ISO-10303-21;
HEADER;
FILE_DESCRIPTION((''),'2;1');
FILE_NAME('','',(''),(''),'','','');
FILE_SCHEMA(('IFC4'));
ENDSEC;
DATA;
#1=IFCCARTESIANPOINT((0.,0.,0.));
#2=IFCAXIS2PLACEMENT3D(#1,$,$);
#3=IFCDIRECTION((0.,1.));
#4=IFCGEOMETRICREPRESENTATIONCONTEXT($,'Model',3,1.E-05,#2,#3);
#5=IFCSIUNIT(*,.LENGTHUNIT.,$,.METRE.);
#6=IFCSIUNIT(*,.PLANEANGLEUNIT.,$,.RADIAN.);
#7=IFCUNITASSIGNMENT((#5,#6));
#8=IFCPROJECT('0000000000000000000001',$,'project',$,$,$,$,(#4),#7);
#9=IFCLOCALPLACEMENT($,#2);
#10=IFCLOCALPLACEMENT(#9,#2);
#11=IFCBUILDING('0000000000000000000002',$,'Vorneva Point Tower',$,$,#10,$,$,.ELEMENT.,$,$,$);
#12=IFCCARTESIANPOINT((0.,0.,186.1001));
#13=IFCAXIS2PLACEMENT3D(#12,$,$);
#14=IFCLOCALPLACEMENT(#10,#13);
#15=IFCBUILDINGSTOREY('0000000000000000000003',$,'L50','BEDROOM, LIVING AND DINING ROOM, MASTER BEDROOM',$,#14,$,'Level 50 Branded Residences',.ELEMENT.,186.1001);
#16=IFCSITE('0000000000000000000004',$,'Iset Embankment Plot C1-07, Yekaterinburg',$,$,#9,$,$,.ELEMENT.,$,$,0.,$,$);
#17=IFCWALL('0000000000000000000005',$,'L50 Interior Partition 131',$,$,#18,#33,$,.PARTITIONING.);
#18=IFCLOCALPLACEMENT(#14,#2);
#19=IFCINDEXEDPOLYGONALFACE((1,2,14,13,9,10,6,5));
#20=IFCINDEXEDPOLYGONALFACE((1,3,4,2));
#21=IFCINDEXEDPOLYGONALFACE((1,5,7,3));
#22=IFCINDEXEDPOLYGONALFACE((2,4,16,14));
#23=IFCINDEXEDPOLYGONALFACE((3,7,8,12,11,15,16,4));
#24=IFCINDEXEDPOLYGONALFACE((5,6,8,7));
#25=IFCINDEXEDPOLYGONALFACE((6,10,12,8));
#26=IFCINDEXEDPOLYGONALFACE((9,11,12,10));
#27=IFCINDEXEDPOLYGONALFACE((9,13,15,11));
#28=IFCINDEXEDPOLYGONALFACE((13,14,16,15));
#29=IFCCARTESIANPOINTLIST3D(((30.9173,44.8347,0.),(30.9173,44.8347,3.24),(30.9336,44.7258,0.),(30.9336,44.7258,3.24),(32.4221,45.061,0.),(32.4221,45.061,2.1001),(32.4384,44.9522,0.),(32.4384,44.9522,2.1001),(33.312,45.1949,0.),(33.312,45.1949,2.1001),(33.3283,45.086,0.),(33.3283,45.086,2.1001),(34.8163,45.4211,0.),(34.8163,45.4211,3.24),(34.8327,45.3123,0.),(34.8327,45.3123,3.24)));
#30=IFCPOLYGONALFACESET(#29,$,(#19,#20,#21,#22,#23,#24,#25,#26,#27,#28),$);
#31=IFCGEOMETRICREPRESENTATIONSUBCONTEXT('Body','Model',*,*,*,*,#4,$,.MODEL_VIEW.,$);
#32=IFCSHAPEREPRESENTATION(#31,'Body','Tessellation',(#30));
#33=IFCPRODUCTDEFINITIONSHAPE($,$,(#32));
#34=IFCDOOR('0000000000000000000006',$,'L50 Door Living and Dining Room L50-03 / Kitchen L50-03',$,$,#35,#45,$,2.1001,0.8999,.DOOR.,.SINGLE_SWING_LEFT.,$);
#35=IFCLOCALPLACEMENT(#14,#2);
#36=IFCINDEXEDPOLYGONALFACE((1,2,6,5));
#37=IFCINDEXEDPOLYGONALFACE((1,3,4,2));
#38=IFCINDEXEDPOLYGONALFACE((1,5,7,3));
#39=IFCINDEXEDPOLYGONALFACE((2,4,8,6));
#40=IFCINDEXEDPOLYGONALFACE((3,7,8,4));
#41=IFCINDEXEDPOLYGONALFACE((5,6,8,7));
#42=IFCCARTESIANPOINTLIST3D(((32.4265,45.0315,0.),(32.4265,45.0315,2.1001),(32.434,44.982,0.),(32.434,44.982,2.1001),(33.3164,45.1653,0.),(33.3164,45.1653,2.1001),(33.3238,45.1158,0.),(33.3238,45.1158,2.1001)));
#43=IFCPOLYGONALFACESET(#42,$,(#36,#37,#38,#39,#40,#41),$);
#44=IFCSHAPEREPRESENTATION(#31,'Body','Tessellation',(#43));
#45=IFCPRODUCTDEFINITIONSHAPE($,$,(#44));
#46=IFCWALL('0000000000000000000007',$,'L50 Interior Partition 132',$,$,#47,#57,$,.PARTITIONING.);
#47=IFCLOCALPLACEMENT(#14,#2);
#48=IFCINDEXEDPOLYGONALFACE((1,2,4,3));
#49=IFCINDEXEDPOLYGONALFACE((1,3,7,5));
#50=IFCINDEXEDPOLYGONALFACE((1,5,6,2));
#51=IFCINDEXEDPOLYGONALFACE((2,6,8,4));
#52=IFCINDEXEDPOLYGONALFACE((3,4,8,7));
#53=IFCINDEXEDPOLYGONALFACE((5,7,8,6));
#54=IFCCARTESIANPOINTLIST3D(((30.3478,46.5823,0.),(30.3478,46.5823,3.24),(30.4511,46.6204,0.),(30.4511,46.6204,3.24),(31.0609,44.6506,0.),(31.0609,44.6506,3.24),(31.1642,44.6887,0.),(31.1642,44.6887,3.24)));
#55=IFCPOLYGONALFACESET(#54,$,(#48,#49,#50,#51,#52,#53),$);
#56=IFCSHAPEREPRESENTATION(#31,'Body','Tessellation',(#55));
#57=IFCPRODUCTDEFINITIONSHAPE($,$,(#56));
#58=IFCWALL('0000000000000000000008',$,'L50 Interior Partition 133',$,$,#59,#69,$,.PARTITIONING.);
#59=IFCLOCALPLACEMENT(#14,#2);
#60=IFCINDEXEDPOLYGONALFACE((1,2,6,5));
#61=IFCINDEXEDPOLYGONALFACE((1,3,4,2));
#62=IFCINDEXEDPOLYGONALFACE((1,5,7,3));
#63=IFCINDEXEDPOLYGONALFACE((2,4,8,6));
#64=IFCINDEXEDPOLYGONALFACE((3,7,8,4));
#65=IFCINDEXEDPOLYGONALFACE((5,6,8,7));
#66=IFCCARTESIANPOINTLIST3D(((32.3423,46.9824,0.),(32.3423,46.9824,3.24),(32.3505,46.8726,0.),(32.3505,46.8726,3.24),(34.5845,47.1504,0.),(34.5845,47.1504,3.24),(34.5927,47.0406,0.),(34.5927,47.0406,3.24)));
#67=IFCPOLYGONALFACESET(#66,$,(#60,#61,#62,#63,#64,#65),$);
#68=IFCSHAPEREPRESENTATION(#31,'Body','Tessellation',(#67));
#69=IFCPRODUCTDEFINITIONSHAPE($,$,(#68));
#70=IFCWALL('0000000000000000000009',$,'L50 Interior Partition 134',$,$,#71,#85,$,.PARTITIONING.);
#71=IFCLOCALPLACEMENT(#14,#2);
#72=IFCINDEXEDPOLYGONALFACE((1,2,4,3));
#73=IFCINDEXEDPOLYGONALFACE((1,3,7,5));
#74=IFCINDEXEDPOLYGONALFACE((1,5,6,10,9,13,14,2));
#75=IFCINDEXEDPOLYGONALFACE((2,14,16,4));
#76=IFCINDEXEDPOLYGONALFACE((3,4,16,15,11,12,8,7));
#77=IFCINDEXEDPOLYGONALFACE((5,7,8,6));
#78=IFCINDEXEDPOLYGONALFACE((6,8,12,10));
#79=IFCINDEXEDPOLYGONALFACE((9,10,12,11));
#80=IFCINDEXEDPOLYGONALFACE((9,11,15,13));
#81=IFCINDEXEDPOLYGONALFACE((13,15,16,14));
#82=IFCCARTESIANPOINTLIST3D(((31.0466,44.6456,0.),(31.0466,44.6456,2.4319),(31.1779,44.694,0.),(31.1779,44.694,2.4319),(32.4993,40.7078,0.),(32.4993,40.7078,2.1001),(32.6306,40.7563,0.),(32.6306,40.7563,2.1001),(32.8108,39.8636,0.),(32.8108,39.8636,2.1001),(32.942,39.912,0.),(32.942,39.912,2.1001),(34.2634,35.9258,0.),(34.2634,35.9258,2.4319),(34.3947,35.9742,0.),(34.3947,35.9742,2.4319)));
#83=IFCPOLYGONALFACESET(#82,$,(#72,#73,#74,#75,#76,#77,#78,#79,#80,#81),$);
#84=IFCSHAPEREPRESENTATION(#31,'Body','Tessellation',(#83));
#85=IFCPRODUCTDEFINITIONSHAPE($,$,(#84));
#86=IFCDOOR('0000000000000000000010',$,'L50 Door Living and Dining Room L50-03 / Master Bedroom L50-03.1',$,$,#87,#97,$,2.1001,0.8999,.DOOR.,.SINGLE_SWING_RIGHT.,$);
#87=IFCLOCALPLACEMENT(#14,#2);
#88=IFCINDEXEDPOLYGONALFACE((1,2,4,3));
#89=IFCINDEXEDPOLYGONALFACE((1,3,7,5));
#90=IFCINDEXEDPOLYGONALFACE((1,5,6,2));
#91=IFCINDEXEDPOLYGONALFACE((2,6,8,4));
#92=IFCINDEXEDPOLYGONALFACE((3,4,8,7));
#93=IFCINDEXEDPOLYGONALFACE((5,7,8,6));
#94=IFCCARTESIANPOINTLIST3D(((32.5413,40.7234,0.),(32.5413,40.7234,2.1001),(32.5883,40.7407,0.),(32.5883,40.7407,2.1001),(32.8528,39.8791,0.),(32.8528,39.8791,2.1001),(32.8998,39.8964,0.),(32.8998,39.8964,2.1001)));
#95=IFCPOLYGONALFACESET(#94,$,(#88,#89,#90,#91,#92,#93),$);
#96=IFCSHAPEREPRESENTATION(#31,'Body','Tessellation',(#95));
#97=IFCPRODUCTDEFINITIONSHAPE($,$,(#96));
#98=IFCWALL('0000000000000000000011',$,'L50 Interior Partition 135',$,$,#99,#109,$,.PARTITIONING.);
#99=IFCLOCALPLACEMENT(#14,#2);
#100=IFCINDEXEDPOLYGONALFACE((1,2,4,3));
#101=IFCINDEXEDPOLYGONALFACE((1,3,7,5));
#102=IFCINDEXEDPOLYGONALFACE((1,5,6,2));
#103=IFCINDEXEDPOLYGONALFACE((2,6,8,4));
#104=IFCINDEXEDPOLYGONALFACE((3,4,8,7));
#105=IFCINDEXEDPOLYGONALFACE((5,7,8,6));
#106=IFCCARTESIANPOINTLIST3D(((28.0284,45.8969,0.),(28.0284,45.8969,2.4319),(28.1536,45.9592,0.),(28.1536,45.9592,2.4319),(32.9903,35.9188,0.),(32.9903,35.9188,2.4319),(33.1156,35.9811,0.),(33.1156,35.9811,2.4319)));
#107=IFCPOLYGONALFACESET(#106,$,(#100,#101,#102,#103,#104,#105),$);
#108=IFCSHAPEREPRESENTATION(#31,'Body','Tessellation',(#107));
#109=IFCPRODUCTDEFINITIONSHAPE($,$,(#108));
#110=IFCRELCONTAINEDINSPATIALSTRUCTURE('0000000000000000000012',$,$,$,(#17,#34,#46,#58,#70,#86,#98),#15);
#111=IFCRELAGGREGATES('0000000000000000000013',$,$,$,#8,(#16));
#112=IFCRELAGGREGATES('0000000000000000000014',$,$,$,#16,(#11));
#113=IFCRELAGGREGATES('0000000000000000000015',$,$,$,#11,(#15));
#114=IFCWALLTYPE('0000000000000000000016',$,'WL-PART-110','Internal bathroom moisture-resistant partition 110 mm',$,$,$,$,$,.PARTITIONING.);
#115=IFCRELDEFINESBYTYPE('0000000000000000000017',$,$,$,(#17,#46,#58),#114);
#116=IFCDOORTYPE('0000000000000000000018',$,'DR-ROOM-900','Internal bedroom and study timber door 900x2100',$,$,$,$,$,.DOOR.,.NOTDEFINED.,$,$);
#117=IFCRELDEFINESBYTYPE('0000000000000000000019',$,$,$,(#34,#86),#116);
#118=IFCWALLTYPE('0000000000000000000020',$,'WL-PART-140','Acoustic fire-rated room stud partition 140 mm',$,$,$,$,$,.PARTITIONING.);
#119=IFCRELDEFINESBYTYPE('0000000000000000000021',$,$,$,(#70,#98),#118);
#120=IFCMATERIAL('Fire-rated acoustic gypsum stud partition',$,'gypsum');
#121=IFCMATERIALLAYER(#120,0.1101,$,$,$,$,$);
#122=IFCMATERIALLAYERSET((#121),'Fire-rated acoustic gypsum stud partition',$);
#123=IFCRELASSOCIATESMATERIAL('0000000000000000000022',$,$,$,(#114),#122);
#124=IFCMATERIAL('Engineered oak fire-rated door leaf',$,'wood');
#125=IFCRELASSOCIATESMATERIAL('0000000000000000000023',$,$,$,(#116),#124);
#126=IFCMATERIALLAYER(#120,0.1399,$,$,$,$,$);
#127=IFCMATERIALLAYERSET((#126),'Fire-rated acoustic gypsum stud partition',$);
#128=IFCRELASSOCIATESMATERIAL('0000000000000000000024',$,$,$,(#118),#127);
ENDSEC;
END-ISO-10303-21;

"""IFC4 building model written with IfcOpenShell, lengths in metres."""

from ifc_helpers import new_model, si_unit, direction, frame, frame_2d, origin, place, context, subcontext, project, spatial, rectangle, extrude, material, layer, layer_set, type_object, element, fill, save


model = new_model("IFC4")

# Units and contexts
model_context = context("Model", 3, precision=1e-05, world=origin(), true_north=direction((0.0, 1.0)))
body_context = subcontext(model_context, "Body", "Model", "MODEL_VIEW")
ifc_project = project(units=[si_unit("LENGTHUNIT", "METRE"), si_unit("PLANEANGLEUNIT", "RADIAN")], contexts=[model_context])

# Site, building, storey
site_placement = place(None, origin())
site = spatial("IfcSite", under=ifc_project, at=site_placement, Name="Iset Embankment Plot C1-07, Yekaterinburg", CompositionType="ELEMENT", RefElevation=0.0)
building_placement = place(site_placement, origin())
building = spatial("IfcBuilding", under=site, at=building_placement, Name="Vorneva Point Tower", CompositionType="ELEMENT")
storey_placement = place(building_placement, frame((0.0, 0.0, 186.1001)))
storey = spatial("IfcBuildingStorey", under=building, at=storey_placement, Name="L50", Description="BEDROOM, LIVING AND DINING ROOM, MASTER BEDROOM", LongName="Level 50 Branded Residences", CompositionType="ELEMENT", Elevation=186.1001)

# Shared definitions
ifc_material_1 = material(Name="Fire-rated acoustic gypsum stud partition", Category="gypsum")
ifc_layer_1 = layer(ifc_material_1, 0.1101)
ifc_layer_set_1 = layer_set([ifc_layer_1], Name="Fire-rated acoustic gypsum stud partition")
wall_type_1 = type_object("IfcWallType", Name="WL-PART-110", Description="Internal bathroom moisture-resistant partition 110 mm", PredefinedType="PARTITIONING", material=ifc_layer_set_1)

# Wall, opening, door
wall_1_placement = place(storey_placement, frame((34.8245, 45.3667, 0.0), z_axis=(0.0, 0.0, 1.0), x_axis=(-0.988877, -0.148734, 0.0)))
wall_1 = element("IfcWall", 1, at=wall_1_placement, inside=storey, type_object=wall_type_1, Name="L50 Interior Partition 131", PredefinedType="PARTITIONING", context=body_context, shape_type="SweptSolid", body=[
    extrude(rectangle(XDim=3.9429, YDim=0.1101, at=frame_2d((1.9714, 0.0))), origin(), (0.0, 0.0, 1.0), 3.24),
])
opening_1_placement = place(wall_1_placement, frame((1.5212, 0.0, 0.0)))
opening_1 = element("IfcOpeningElement", 2, at=opening_1_placement, cuts=wall_1, PredefinedType="OPENING", context=body_context, shape_type="SweptSolid", body=[
    extrude(rectangle(XDim=0.8999, YDim=2.1001, at=frame_2d((0.45, 1.05))), frame((0.0, 0.0698, 0.0), z_axis=(0.0, -1.0, 0.0), x_axis=(1.0, 0.0, 0.0)), (0.0, 0.0, 1.0), 0.1399),
])
ifc_material_2 = material(Name="Engineered oak fire-rated door leaf", Category="wood")
door_type = type_object("IfcDoorType", Name="DR-ROOM-900", Description="Internal bedroom and study timber door 900x2100", OperationType="NOTDEFINED", PredefinedType="DOOR", material=ifc_material_2)
door_1_placement = place(opening_1_placement, origin())
door_1 = element("IfcDoor", 3, at=door_1_placement, inside=storey, type_object=door_type, Name="L50 Door Living and Dining Room L50-03 / Kitchen L50-03", OperationType="SINGLE_SWING_LEFT", OverallHeight=2.1001, OverallWidth=0.8999, PredefinedType="DOOR", context=body_context, shape_type="SweptSolid", body=[
    extrude(rectangle(XDim=0.8999, YDim=2.1001, at=frame_2d((0.45, 1.05))), frame((0.0, 0.0249, 0.0), z_axis=(0.0, -1.0, 0.0), x_axis=(1.0, 0.0, 0.0)), (0.0, 0.0, 1.0), 0.05),
])
fill(opening_1, door_1)

# Walls
wall_2_placement = place(storey_placement, frame((31.1125, 44.6697, 0.0), z_axis=(0.0, 0.0, 1.0), x_axis=(-0.346337, 0.93811, 0.0)))
element("IfcWall", 4, at=wall_2_placement, inside=storey, type_object=wall_type_1, Name="L50 Interior Partition 132", PredefinedType="PARTITIONING", context=body_context, shape_type="SweptSolid", body=[
    extrude(rectangle(XDim=2.0591, YDim=0.1101, at=frame_2d((1.0295, 0.0))), origin(), (0.0, 0.0, 1.0), 3.24),
])
wall_3_placement = place(storey_placement, frame((34.5886, 47.0955, 0.0), z_axis=(0.0, 0.0, 1.0), x_axis=(-0.997206, -0.074704, 0.0)))
element("IfcWall", 5, at=wall_3_placement, inside=storey, type_object=wall_type_1, Name="L50 Interior Partition 133", PredefinedType="PARTITIONING", context=body_context, shape_type="SweptSolid", body=[
    extrude(rectangle(XDim=2.2485, YDim=0.1101, at=frame_2d((1.1243, 0.0))), origin(), (0.0, 0.0, 1.0), 3.24),
])

# Wall, opening, door
ifc_layer_2 = layer(ifc_material_1, 0.1399)
ifc_layer_set_2 = layer_set([ifc_layer_2], Name="Fire-rated acoustic gypsum stud partition")
wall_type_2 = type_object("IfcWallType", Name="WL-PART-140", Description="Acoustic fire-rated room stud partition 140 mm", PredefinedType="PARTITIONING", material=ifc_layer_set_2)
wall_4_placement = place(storey_placement, frame((31.1123, 44.6697, 0.0), z_axis=(0.0, 0.0, 1.0), x_axis=(0.346109, -0.938194, 0.0)))
wall_4 = element("IfcWall", 6, at=wall_4_placement, inside=storey, type_object=wall_type_2, Name="L50 Interior Partition 134", PredefinedType="PARTITIONING", context=body_context, shape_type="SweptSolid", body=[
    extrude(rectangle(XDim=9.2942, YDim=0.1399, at=frame_2d((4.647, 0.0))), origin(), (0.0, 0.0, 1.0), 2.4319),
])
opening_2_placement = place(wall_4_placement, frame((4.197, 0.0, 0.0)))
opening_2 = element("IfcOpeningElement", 7, at=opening_2_placement, cuts=wall_4, PredefinedType="OPENING", context=body_context, shape_type="SweptSolid", body=[
    extrude(rectangle(XDim=0.8999, YDim=2.1001, at=frame_2d((0.45, 1.05))), frame((0.0, 0.085, 0.0), z_axis=(0.0, -1.0, 0.0), x_axis=(1.0, 0.0, 0.0)), (0.0, 0.0, 1.0), 0.1697),
])
door_2_placement = place(opening_2_placement, origin())
door_2 = element("IfcDoor", 8, at=door_2_placement, inside=storey, type_object=door_type, Name="L50 Door Living and Dining Room L50-03 / Master Bedroom L50-03.1", OperationType="SINGLE_SWING_RIGHT", OverallHeight=2.1001, OverallWidth=0.8999, PredefinedType="DOOR", context=body_context, shape_type="SweptSolid", body=[
    extrude(rectangle(XDim=0.8999, YDim=2.1001, at=frame_2d((0.45, 1.05))), frame((0.0, 0.0249, 0.0), z_axis=(0.0, -1.0, 0.0), x_axis=(1.0, 0.0, 0.0)), (0.0, 0.0, 1.0), 0.05),
])
fill(opening_2, door_2)

# Wall
wall_5_placement = place(storey_placement, frame((28.0911, 45.928, 0.0), z_axis=(0.0, 0.0, 1.0), x_axis=(0.445267, -0.895398, 0.0)))
element("IfcWall", 9, at=wall_5_placement, inside=storey, type_object=wall_type_2, Name="L50 Interior Partition 135", PredefinedType="PARTITIONING", context=body_context, shape_type="SweptSolid", body=[
    extrude(rectangle(XDim=11.1438, YDim=0.1399, at=frame_2d((5.5718, 0.0))), origin(), (0.0, 0.0, 1.0), 2.4319),
])

save(model, "model.ifc")
